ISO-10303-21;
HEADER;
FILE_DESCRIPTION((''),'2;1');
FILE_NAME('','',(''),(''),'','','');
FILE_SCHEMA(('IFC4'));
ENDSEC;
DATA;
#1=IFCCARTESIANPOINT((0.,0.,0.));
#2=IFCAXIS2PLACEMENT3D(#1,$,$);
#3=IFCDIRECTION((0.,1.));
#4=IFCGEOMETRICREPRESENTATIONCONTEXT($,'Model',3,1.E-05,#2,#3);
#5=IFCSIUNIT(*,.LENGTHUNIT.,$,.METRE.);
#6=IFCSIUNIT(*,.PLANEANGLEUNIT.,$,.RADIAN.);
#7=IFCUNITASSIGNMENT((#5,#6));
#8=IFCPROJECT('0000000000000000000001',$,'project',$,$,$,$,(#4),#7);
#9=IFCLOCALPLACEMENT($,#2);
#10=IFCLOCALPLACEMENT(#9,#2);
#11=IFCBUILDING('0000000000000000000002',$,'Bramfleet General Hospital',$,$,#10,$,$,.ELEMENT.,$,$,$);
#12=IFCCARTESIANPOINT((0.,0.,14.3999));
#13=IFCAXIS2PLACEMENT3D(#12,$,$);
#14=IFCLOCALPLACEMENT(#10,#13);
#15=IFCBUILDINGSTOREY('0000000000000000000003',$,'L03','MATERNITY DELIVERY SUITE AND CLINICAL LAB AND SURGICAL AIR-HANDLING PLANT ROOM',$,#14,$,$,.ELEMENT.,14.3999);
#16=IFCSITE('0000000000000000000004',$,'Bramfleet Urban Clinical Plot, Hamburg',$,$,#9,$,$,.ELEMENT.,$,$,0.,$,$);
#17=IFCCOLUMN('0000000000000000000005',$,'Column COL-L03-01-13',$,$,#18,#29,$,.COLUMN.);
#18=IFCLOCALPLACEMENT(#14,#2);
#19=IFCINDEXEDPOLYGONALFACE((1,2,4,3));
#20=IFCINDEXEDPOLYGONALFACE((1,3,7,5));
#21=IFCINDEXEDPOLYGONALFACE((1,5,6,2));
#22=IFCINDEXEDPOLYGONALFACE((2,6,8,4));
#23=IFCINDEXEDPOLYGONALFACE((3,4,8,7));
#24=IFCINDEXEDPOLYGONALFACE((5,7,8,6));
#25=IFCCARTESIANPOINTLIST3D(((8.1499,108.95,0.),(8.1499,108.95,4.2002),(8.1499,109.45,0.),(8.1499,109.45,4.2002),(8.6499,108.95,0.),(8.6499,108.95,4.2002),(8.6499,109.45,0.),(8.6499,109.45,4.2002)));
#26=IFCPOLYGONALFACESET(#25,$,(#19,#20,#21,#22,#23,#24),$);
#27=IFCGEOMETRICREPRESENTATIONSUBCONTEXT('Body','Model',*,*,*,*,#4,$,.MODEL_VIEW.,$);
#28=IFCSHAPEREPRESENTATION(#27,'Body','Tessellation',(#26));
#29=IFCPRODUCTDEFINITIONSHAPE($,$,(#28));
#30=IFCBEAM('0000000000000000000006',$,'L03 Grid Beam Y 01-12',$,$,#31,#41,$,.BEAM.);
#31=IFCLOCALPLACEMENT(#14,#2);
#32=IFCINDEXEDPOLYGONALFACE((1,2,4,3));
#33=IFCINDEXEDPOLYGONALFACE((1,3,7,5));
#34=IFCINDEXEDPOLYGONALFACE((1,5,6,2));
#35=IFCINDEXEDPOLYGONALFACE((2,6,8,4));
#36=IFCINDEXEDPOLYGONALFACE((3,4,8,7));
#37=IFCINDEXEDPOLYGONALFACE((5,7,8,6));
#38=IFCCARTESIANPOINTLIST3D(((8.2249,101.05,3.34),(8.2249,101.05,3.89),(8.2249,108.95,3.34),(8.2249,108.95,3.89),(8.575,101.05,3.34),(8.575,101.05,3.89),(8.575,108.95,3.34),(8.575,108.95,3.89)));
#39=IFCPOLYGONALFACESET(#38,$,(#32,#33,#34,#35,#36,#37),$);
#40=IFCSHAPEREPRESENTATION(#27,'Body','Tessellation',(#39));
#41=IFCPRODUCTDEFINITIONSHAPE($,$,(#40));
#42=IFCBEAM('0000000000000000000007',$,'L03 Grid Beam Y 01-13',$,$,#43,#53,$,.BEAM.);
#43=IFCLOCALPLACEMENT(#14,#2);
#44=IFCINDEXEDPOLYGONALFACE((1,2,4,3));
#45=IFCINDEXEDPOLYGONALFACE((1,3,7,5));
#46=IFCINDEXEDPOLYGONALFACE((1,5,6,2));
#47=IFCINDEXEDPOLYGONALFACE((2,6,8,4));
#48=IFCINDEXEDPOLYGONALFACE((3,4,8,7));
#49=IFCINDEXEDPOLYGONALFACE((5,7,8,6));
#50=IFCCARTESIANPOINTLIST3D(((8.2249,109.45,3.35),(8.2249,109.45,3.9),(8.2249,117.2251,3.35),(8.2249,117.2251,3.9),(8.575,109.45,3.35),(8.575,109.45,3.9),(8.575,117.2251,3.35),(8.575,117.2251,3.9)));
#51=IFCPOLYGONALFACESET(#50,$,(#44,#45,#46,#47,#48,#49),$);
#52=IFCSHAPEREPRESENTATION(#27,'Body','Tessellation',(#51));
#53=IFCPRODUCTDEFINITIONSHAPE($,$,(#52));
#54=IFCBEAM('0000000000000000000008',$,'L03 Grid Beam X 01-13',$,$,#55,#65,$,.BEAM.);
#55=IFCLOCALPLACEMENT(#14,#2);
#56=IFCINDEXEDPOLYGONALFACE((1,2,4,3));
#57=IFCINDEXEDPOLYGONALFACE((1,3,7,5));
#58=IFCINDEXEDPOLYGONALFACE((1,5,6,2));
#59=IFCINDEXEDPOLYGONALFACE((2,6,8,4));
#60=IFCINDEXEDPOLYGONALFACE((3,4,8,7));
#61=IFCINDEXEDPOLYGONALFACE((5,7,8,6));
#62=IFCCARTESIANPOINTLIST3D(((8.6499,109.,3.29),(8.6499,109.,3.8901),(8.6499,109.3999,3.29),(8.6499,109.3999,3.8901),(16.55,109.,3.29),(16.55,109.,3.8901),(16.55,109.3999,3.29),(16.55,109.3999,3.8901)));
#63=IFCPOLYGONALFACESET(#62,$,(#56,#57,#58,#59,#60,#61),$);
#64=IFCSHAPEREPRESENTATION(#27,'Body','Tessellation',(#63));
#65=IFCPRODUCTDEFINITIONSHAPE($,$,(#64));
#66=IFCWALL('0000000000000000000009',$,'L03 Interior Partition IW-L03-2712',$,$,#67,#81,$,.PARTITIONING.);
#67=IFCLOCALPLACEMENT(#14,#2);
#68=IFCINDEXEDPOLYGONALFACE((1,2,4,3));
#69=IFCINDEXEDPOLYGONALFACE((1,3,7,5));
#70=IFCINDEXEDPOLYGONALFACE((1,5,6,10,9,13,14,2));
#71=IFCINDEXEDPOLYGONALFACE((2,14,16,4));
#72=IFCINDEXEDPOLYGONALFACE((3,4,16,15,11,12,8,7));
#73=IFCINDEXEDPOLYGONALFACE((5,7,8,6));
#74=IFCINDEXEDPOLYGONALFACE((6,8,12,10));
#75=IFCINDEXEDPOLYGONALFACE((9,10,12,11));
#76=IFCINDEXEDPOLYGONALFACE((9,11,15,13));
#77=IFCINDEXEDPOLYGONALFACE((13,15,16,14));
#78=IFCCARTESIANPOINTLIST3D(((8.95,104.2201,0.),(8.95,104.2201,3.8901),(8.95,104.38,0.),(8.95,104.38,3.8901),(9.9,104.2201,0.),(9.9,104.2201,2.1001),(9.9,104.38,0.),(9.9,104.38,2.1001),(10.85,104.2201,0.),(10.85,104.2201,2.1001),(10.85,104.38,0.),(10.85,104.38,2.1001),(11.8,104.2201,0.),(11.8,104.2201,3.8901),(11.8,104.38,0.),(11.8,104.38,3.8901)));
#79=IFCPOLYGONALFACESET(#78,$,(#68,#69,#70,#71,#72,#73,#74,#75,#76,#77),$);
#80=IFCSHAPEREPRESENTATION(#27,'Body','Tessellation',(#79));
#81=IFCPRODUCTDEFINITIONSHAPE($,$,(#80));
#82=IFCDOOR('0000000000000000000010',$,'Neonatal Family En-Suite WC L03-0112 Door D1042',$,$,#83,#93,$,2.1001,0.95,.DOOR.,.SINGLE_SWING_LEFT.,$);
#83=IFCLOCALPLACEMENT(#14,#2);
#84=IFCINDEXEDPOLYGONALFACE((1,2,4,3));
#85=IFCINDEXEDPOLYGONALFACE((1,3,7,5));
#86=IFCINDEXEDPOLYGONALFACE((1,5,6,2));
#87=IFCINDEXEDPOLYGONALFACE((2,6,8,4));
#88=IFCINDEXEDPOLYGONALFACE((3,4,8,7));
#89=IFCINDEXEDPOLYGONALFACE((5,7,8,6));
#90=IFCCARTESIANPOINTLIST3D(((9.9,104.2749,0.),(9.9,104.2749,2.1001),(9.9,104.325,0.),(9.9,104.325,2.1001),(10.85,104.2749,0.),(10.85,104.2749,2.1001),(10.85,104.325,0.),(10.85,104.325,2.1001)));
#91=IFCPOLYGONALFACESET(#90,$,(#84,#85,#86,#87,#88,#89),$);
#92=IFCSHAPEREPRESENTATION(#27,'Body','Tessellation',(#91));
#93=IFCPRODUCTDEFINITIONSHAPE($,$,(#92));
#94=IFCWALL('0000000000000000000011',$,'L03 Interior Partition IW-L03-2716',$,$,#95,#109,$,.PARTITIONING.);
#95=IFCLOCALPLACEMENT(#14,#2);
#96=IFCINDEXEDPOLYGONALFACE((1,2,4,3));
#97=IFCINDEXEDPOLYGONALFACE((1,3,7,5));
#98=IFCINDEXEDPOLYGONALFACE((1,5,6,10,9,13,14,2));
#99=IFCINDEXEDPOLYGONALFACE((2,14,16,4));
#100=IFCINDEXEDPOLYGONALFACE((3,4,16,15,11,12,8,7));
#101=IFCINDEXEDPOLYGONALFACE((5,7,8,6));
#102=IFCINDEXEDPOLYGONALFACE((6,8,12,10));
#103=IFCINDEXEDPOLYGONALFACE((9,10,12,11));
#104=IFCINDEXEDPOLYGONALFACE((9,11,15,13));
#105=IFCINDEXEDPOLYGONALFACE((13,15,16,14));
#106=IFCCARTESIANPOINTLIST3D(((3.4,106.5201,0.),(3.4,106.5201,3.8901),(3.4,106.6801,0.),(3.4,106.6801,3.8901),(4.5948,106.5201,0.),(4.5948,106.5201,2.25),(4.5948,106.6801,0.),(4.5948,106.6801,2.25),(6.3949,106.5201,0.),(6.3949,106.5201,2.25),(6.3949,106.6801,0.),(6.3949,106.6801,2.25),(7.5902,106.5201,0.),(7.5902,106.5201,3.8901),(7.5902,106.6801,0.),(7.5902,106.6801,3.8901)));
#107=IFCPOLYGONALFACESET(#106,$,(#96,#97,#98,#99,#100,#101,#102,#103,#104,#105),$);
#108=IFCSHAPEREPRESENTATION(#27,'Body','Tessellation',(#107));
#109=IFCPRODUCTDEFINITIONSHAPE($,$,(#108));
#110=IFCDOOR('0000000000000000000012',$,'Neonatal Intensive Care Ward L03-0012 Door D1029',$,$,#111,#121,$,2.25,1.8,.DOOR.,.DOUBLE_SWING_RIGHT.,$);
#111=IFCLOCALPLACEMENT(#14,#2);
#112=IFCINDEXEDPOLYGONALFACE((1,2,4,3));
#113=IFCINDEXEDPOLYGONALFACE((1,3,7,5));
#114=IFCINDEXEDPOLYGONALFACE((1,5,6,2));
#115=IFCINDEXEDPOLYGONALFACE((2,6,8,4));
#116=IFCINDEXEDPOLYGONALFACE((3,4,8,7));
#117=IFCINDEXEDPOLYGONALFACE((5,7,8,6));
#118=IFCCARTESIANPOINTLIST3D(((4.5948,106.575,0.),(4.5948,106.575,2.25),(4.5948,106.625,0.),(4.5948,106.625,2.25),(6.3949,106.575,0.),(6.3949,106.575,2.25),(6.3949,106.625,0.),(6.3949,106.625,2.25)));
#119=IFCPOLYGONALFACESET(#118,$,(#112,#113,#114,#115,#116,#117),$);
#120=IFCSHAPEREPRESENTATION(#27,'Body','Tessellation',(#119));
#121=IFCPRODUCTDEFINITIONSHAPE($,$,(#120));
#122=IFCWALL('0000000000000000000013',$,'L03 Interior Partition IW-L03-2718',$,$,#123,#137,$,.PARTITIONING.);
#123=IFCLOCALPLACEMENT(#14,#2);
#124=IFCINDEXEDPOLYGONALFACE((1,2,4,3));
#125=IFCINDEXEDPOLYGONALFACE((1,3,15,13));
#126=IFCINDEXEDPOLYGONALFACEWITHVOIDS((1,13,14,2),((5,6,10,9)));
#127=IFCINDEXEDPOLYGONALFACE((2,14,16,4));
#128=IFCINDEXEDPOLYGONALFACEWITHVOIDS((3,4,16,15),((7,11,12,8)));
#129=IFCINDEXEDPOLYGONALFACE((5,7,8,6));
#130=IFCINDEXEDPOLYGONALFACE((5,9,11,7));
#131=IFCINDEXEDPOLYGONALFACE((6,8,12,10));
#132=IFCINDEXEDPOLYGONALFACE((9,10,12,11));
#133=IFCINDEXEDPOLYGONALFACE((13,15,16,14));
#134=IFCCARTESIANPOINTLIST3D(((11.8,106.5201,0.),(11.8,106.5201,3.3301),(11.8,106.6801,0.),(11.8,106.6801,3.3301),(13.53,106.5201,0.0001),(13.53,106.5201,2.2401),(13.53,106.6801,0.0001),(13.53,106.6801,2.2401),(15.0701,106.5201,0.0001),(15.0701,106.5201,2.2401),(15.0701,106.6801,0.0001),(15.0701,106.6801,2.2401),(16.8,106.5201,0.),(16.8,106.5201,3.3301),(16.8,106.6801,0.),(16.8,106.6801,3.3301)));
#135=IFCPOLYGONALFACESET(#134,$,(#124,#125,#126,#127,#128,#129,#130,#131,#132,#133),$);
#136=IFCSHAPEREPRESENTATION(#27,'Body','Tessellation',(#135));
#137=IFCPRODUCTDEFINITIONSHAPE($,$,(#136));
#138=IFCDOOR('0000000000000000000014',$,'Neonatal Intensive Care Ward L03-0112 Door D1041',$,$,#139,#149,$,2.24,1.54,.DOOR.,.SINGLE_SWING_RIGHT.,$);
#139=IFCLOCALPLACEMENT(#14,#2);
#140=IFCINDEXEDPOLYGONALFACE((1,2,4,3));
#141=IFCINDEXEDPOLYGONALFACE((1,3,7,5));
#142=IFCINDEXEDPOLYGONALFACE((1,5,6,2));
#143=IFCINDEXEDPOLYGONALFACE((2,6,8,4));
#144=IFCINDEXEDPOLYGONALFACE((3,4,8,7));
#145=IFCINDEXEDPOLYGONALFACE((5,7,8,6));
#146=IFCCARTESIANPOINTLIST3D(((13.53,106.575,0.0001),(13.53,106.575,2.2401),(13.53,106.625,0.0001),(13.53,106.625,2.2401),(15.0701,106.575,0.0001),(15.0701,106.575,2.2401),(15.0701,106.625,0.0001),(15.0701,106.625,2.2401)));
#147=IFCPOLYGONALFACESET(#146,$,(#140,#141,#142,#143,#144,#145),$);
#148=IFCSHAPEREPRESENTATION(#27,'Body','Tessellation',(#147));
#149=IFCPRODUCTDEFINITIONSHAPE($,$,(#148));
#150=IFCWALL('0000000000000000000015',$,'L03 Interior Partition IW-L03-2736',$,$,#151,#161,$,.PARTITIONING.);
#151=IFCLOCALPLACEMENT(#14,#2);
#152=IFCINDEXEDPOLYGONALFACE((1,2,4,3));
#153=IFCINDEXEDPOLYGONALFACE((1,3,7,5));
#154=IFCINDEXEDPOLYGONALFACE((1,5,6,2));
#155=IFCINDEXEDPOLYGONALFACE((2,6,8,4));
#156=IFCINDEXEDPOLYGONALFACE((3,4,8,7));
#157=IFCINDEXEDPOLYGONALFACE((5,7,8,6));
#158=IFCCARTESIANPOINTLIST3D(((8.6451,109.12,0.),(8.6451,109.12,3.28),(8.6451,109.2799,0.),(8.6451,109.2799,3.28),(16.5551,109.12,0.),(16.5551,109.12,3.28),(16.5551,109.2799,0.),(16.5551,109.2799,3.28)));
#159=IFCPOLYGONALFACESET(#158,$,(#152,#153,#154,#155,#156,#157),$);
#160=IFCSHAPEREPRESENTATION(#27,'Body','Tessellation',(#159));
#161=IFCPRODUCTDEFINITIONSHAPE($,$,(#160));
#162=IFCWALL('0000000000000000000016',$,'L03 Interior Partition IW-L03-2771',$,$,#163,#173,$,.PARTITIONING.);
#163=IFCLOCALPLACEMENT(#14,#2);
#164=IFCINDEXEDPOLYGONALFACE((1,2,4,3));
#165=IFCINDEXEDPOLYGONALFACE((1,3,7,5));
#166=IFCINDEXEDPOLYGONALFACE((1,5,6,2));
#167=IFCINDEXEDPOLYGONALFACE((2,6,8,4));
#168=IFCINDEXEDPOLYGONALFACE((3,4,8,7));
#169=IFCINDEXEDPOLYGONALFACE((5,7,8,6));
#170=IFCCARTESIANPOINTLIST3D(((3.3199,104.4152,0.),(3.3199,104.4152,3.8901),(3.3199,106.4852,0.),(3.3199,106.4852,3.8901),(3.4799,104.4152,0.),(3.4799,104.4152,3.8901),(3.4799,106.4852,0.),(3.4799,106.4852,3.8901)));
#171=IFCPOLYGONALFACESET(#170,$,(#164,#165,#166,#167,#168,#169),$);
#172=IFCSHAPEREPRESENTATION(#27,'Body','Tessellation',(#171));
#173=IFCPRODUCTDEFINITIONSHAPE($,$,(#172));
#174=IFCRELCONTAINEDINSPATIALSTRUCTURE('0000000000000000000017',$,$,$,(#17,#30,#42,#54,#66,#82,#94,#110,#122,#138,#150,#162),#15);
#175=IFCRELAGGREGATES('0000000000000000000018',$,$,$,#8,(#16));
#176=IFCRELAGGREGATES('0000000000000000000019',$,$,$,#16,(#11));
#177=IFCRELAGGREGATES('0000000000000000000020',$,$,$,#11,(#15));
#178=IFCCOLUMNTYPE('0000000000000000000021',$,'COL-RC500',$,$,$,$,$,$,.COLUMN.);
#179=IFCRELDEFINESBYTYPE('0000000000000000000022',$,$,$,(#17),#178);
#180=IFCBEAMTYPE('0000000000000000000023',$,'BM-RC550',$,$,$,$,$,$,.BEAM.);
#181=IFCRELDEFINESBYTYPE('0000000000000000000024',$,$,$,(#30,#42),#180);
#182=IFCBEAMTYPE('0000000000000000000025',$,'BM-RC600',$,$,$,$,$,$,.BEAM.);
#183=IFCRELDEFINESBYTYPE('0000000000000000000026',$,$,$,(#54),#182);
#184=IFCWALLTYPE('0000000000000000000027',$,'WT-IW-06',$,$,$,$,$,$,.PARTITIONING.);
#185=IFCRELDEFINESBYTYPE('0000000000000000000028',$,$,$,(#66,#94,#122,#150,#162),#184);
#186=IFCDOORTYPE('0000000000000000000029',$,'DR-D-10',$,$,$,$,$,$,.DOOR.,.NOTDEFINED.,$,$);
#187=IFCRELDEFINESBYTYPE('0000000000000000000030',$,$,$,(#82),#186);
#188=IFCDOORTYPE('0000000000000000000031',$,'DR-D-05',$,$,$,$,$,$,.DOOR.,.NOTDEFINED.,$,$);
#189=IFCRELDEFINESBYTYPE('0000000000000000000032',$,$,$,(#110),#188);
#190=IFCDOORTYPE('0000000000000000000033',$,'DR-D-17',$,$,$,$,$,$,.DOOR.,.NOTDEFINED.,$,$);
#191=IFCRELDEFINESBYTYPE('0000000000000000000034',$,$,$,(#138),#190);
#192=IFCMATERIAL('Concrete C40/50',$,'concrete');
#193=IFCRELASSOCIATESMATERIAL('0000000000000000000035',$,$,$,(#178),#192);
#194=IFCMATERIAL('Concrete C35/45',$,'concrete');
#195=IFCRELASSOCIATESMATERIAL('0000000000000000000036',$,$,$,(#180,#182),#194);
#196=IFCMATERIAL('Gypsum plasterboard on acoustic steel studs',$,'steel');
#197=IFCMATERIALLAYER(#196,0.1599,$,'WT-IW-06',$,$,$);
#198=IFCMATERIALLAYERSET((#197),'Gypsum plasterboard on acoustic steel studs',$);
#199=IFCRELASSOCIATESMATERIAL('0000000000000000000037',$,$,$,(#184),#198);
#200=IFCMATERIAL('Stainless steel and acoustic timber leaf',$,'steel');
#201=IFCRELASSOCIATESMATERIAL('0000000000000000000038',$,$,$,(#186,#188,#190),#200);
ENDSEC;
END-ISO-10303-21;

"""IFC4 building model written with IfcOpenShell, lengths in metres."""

from ifc_helpers import new_model, si_unit, direction, frame, frame_2d, origin, origin_2d, place, context, subcontext, project, spatial, rectangle, extrude, material, layer, layer_set, material_profile, profile_set, type_object, element, fill, save


model = new_model("IFC4")

# Units and contexts
model_context = context("Model", 3, precision=1e-05, world=origin(), true_north=direction((0.0, 1.0)))
body_context = subcontext(model_context, "Body", "Model", "MODEL_VIEW")
ifc_project = project(units=[si_unit("LENGTHUNIT", "METRE"), si_unit("PLANEANGLEUNIT", "RADIAN")], contexts=[model_context])

# Site, building, storey
site_placement = place(None, origin())
site = spatial("IfcSite", under=ifc_project, at=site_placement, Name="Bramfleet Urban Clinical Plot, Hamburg", CompositionType="ELEMENT", RefElevation=0.0)
building_placement = place(site_placement, origin())
building = spatial("IfcBuilding", under=site, at=building_placement, Name="Bramfleet General Hospital", CompositionType="ELEMENT")
storey_placement = place(building_placement, frame((0.0, 0.0, 14.3999)))
storey = spatial("IfcBuildingStorey", under=building, at=storey_placement, Name="L03", Description="MATERNITY DELIVERY SUITE AND CLINICAL LAB AND SURGICAL AIR-HANDLING PLANT ROOM", CompositionType="ELEMENT", Elevation=14.3999)

# Column
ifc_material_1 = material(Name="Concrete C40/50", Category="concrete")
ifc_material_profile_1 = material_profile(ifc_material_1, rectangle(XDim=0.5, YDim=0.5, at=origin_2d()), Name="RC COL 500x500")
ifc_profile_set_1 = profile_set([ifc_material_profile_1], Name="Concrete C40/50")
column_type = type_object("IfcColumnType", Name="COL-RC500", PredefinedType="COLUMN", material=ifc_profile_set_1)
column_placement = place(storey_placement, frame((8.3999, 109.2, 0.0), z_axis=(0.0, 0.0, 1.0), x_axis=(1.0, 0.0, 0.0)))
element("IfcColumn", 1, at=column_placement, inside=storey, type_object=column_type, Name="Column COL-L03-01-13", PredefinedType="COLUMN", context=body_context, shape_type="SweptSolid", body=[
    extrude(rectangle(XDim=0.5, YDim=0.5, at=origin_2d()), origin(), (0.0, 0.0, 1.0), 4.2002),
])

# Beams
ifc_material_2 = material(Name="Concrete C35/45", Category="concrete")
ifc_material_profile_2 = material_profile(ifc_material_2, rectangle(XDim=0.3501, YDim=0.55, at=origin_2d()), Name="RC BM 550x350")
ifc_profile_set_2 = profile_set([ifc_material_profile_2], Name="Concrete C35/45")
beam_type_1 = type_object("IfcBeamType", Name="BM-RC550", PredefinedType="BEAM", material=ifc_profile_set_2)
beam_1_placement = place(storey_placement, frame((8.3999, 101.05, 3.615), z_axis=(0.0, 1.0, 0.0), x_axis=(-1.0, 0.0, 0.0)))
element("IfcBeam", 2, at=beam_1_placement, inside=storey, type_object=beam_type_1, Name="L03 Grid Beam Y 01-12", PredefinedType="BEAM", context=body_context, shape_type="SweptSolid", body=[
    extrude(rectangle(XDim=0.3501, YDim=0.55, at=origin_2d()), origin(), (0.0, 0.0, 1.0), 7.8999),
])
beam_2_placement = place(storey_placement, frame((8.3999, 109.45, 3.625), z_axis=(0.0, 1.0, 0.0), x_axis=(-1.0, 0.0, 0.0)))
element("IfcBeam", 3, at=beam_2_placement, inside=storey, type_object=beam_type_1, Name="L03 Grid Beam Y 01-13", PredefinedType="BEAM", context=body_context, shape_type="SweptSolid", body=[
    extrude(rectangle(XDim=0.3501, YDim=0.55, at=origin_2d()), origin(), (0.0, 0.0, 1.0), 7.7751),
])
ifc_material_profile_3 = material_profile(ifc_material_2, rectangle(XDim=0.3999, YDim=0.6001, at=origin_2d()), Name="RC BM 600x400")
ifc_profile_set_3 = profile_set([ifc_material_profile_3], Name="Concrete C35/45")
beam_type_2 = type_object("IfcBeamType", Name="BM-RC600", PredefinedType="BEAM", material=ifc_profile_set_3)
beam_3_placement = place(storey_placement, frame((8.6499, 109.2, 3.5901), z_axis=(1.0, 0.0, 0.0), x_axis=(0.0, 1.0, 0.0)))
element("IfcBeam", 4, at=beam_3_placement, inside=storey, type_object=beam_type_2, Name="L03 Grid Beam X 01-13", PredefinedType="BEAM", context=body_context, shape_type="SweptSolid", body=[
    extrude(rectangle(XDim=0.3999, YDim=0.6001, at=origin_2d()), origin(), (0.0, 0.0, 1.0), 7.9001),
])

# Walls, openings, doors
ifc_material_3 = material(Name="Gypsum plasterboard on acoustic steel studs", Category="steel")
ifc_layer_1 = layer(ifc_material_3, 0.1599, Name="WT-IW-06")
ifc_layer_set_1 = layer_set([ifc_layer_1], Name="Gypsum plasterboard on acoustic steel studs")
wall_type_1 = type_object("IfcWallType", Name="WT-IW-06", PredefinedType="PARTITIONING", material=ifc_layer_set_1)
wall_1_placement = place(storey_placement, frame((8.95, 104.3, 0.0), z_axis=(0.0, 0.0, 1.0), x_axis=(1.0, 0.0, 0.0)))
wall_1 = element("IfcWall", 5, at=wall_1_placement, inside=storey, type_object=wall_type_1, Name="L03 Interior Partition IW-L03-2712", PredefinedType="PARTITIONING", context=body_context, shape_type="SweptSolid", body=[
    extrude(rectangle(XDim=2.8501, YDim=0.1599, at=frame_2d((1.425, 0.0))), origin(), (0.0, 0.0, 1.0), 3.8901),
])
opening_1_placement = place(wall_1_placement, frame((0.95, 0.0, 0.0)))
opening_1 = element("IfcOpeningElement", 6, at=opening_1_placement, cuts=wall_1, PredefinedType="OPENING", context=body_context, shape_type="SweptSolid", body=[
    extrude(rectangle(XDim=0.95, YDim=2.1001, at=frame_2d((0.4751, 1.05))), frame((0.0, 0.0898, 0.0), z_axis=(0.0, -1.0, 0.0), x_axis=(1.0, 0.0, 0.0)), (0.0, 0.0, 1.0), 0.1799),
])
ifc_material_4 = material(Name="Stainless steel and acoustic timber leaf", Category="steel")
door_type_1 = type_object("IfcDoorType", Name="DR-D-10", OperationType="NOTDEFINED", PredefinedType="DOOR", material=ifc_material_4)
door_1_placement = place(opening_1_placement, origin())
door_1 = element("IfcDoor", 7, at=door_1_placement, inside=storey, type_object=door_type_1, Name="Neonatal Family En-Suite WC L03-0112 Door D1042", OperationType="SINGLE_SWING_LEFT", OverallHeight=2.1001, OverallWidth=0.95, PredefinedType="DOOR", context=body_context, shape_type="SweptSolid", body=[
    extrude(rectangle(XDim=0.95, YDim=2.1001, at=frame_2d((0.4751, 1.05))), frame((0.0, 0.0249, 0.0), z_axis=(0.0, -1.0, 0.0), x_axis=(1.0, 0.0, 0.0)), (0.0, 0.0, 1.0), 0.05),
])
fill(opening_1, door_1)
wall_2_placement = place(storey_placement, frame((3.3999, 106.6001, 0.0), z_axis=(0.0, 0.0, 1.0), x_axis=(1.0, 0.0, 0.0)))
wall_2 = element("IfcWall", 8, at=wall_2_placement, inside=storey, type_object=wall_type_1, Name="L03 Interior Partition IW-L03-2716", PredefinedType="PARTITIONING", context=body_context, shape_type="SweptSolid", body=[
    extrude(rectangle(XDim=4.1902, YDim=0.1599, at=frame_2d((2.0952, 0.0))), origin(), (0.0, 0.0, 1.0), 3.8901),
])
opening_2_placement = place(wall_2_placement, frame((1.1951, 0.0, 0.0)))
opening_2 = element("IfcOpeningElement", 9, at=opening_2_placement, cuts=wall_2, PredefinedType="OPENING", context=body_context, shape_type="SweptSolid", body=[
    extrude(rectangle(XDim=1.8, YDim=2.25, at=frame_2d((0.8999, 1.125))), frame((0.0, 0.0898, 0.0), z_axis=(0.0, -1.0, 0.0), x_axis=(1.0, 0.0, 0.0)), (0.0, 0.0, 1.0), 0.1799),
])
door_type_2 = type_object("IfcDoorType", Name="DR-D-05", OperationType="NOTDEFINED", PredefinedType="DOOR", material=ifc_material_4)
door_2_placement = place(opening_2_placement, origin())
door_2 = element("IfcDoor", 10, at=door_2_placement, inside=storey, type_object=door_type_2, Name="Neonatal Intensive Care Ward L03-0012 Door D1029", OperationType="DOUBLE_SWING_RIGHT", OverallHeight=2.25, OverallWidth=1.8, PredefinedType="DOOR", context=body_context, shape_type="SweptSolid", body=[
    extrude(rectangle(XDim=1.8, YDim=2.25, at=frame_2d((0.8999, 1.125))), frame((0.0, 0.0249, 0.0), z_axis=(0.0, -1.0, 0.0), x_axis=(1.0, 0.0, 0.0)), (0.0, 0.0, 1.0), 0.05),
])
fill(opening_2, door_2)
wall_3_placement = place(storey_placement, frame((11.8, 106.6001, 0.0), z_axis=(0.0, 0.0, 1.0), x_axis=(1.0, 0.0, 0.0)))
wall_3 = element("IfcWall", 11, at=wall_3_placement, inside=storey, type_object=wall_type_1, Name="L03 Interior Partition IW-L03-2718", PredefinedType="PARTITIONING", context=body_context, shape_type="SweptSolid", body=[
    extrude(rectangle(XDim=5.0, YDim=0.1599, at=frame_2d((2.5, 0.0))), origin(), (0.0, 0.0, 1.0), 3.3301),
])
opening_3_placement = place(wall_3_placement, frame((1.73, 0.0, 0.0)))
opening_3 = element("IfcOpeningElement", 12, at=opening_3_placement, cuts=wall_3, PredefinedType="OPENING", context=body_context, shape_type="SweptSolid", body=[
    extrude(rectangle(XDim=1.54, YDim=2.24, at=frame_2d((0.77, 1.1201))), frame((0.0, 0.0898, 0.0), z_axis=(0.0, -1.0, 0.0), x_axis=(1.0, 0.0, 0.0)), (0.0, 0.0, 1.0), 0.1799),
])
door_type_3 = type_object("IfcDoorType", Name="DR-D-17", OperationType="NOTDEFINED", PredefinedType="DOOR", material=ifc_material_4)
door_3_placement = place(opening_3_placement, origin())
door_3 = element("IfcDoor", 13, at=door_3_placement, inside=storey, type_object=door_type_3, Name="Neonatal Intensive Care Ward L03-0112 Door D1041", OperationType="SINGLE_SWING_RIGHT", OverallHeight=2.24, OverallWidth=1.54, PredefinedType="DOOR", context=body_context, shape_type="SweptSolid", body=[
    extrude(rectangle(XDim=1.54, YDim=2.24, at=frame_2d((0.77, 1.1201))), frame((0.0, 0.0249, 0.0), z_axis=(0.0, -1.0, 0.0), x_axis=(1.0, 0.0, 0.0)), (0.0, 0.0, 1.0), 0.05),
])
fill(opening_3, door_3)

# Walls
wall_4_placement = place(storey_placement, frame((8.645, 109.2, 0.0), z_axis=(0.0, 0.0, 1.0), x_axis=(1.0, 0.0, 0.0)))
element("IfcWall", 14, at=wall_4_placement, inside=storey, type_object=wall_type_1, Name="L03 Interior Partition IW-L03-2736", PredefinedType="PARTITIONING", context=body_context, shape_type="SweptSolid", body=[
    extrude(rectangle(XDim=7.9099, YDim=0.1599, at=frame_2d((3.9551, 0.0))), origin(), (0.0, 0.0, 1.0), 3.28),
])
wall_5_placement = place(storey_placement, frame((3.3999, 104.415, 0.0), z_axis=(0.0, 0.0, 1.0), x_axis=(0.0, 1.0, 0.0)))
element("IfcWall", 15, at=wall_5_placement, inside=storey, type_object=wall_type_1, Name="L03 Interior Partition IW-L03-2771", PredefinedType="PARTITIONING", context=body_context, shape_type="SweptSolid", body=[
    extrude(rectangle(XDim=2.0701, YDim=0.1599, at=frame_2d((1.0352, 0.0))), origin(), (0.0, 0.0, 1.0), 3.8901),
])

save(model, "model.ifc")
